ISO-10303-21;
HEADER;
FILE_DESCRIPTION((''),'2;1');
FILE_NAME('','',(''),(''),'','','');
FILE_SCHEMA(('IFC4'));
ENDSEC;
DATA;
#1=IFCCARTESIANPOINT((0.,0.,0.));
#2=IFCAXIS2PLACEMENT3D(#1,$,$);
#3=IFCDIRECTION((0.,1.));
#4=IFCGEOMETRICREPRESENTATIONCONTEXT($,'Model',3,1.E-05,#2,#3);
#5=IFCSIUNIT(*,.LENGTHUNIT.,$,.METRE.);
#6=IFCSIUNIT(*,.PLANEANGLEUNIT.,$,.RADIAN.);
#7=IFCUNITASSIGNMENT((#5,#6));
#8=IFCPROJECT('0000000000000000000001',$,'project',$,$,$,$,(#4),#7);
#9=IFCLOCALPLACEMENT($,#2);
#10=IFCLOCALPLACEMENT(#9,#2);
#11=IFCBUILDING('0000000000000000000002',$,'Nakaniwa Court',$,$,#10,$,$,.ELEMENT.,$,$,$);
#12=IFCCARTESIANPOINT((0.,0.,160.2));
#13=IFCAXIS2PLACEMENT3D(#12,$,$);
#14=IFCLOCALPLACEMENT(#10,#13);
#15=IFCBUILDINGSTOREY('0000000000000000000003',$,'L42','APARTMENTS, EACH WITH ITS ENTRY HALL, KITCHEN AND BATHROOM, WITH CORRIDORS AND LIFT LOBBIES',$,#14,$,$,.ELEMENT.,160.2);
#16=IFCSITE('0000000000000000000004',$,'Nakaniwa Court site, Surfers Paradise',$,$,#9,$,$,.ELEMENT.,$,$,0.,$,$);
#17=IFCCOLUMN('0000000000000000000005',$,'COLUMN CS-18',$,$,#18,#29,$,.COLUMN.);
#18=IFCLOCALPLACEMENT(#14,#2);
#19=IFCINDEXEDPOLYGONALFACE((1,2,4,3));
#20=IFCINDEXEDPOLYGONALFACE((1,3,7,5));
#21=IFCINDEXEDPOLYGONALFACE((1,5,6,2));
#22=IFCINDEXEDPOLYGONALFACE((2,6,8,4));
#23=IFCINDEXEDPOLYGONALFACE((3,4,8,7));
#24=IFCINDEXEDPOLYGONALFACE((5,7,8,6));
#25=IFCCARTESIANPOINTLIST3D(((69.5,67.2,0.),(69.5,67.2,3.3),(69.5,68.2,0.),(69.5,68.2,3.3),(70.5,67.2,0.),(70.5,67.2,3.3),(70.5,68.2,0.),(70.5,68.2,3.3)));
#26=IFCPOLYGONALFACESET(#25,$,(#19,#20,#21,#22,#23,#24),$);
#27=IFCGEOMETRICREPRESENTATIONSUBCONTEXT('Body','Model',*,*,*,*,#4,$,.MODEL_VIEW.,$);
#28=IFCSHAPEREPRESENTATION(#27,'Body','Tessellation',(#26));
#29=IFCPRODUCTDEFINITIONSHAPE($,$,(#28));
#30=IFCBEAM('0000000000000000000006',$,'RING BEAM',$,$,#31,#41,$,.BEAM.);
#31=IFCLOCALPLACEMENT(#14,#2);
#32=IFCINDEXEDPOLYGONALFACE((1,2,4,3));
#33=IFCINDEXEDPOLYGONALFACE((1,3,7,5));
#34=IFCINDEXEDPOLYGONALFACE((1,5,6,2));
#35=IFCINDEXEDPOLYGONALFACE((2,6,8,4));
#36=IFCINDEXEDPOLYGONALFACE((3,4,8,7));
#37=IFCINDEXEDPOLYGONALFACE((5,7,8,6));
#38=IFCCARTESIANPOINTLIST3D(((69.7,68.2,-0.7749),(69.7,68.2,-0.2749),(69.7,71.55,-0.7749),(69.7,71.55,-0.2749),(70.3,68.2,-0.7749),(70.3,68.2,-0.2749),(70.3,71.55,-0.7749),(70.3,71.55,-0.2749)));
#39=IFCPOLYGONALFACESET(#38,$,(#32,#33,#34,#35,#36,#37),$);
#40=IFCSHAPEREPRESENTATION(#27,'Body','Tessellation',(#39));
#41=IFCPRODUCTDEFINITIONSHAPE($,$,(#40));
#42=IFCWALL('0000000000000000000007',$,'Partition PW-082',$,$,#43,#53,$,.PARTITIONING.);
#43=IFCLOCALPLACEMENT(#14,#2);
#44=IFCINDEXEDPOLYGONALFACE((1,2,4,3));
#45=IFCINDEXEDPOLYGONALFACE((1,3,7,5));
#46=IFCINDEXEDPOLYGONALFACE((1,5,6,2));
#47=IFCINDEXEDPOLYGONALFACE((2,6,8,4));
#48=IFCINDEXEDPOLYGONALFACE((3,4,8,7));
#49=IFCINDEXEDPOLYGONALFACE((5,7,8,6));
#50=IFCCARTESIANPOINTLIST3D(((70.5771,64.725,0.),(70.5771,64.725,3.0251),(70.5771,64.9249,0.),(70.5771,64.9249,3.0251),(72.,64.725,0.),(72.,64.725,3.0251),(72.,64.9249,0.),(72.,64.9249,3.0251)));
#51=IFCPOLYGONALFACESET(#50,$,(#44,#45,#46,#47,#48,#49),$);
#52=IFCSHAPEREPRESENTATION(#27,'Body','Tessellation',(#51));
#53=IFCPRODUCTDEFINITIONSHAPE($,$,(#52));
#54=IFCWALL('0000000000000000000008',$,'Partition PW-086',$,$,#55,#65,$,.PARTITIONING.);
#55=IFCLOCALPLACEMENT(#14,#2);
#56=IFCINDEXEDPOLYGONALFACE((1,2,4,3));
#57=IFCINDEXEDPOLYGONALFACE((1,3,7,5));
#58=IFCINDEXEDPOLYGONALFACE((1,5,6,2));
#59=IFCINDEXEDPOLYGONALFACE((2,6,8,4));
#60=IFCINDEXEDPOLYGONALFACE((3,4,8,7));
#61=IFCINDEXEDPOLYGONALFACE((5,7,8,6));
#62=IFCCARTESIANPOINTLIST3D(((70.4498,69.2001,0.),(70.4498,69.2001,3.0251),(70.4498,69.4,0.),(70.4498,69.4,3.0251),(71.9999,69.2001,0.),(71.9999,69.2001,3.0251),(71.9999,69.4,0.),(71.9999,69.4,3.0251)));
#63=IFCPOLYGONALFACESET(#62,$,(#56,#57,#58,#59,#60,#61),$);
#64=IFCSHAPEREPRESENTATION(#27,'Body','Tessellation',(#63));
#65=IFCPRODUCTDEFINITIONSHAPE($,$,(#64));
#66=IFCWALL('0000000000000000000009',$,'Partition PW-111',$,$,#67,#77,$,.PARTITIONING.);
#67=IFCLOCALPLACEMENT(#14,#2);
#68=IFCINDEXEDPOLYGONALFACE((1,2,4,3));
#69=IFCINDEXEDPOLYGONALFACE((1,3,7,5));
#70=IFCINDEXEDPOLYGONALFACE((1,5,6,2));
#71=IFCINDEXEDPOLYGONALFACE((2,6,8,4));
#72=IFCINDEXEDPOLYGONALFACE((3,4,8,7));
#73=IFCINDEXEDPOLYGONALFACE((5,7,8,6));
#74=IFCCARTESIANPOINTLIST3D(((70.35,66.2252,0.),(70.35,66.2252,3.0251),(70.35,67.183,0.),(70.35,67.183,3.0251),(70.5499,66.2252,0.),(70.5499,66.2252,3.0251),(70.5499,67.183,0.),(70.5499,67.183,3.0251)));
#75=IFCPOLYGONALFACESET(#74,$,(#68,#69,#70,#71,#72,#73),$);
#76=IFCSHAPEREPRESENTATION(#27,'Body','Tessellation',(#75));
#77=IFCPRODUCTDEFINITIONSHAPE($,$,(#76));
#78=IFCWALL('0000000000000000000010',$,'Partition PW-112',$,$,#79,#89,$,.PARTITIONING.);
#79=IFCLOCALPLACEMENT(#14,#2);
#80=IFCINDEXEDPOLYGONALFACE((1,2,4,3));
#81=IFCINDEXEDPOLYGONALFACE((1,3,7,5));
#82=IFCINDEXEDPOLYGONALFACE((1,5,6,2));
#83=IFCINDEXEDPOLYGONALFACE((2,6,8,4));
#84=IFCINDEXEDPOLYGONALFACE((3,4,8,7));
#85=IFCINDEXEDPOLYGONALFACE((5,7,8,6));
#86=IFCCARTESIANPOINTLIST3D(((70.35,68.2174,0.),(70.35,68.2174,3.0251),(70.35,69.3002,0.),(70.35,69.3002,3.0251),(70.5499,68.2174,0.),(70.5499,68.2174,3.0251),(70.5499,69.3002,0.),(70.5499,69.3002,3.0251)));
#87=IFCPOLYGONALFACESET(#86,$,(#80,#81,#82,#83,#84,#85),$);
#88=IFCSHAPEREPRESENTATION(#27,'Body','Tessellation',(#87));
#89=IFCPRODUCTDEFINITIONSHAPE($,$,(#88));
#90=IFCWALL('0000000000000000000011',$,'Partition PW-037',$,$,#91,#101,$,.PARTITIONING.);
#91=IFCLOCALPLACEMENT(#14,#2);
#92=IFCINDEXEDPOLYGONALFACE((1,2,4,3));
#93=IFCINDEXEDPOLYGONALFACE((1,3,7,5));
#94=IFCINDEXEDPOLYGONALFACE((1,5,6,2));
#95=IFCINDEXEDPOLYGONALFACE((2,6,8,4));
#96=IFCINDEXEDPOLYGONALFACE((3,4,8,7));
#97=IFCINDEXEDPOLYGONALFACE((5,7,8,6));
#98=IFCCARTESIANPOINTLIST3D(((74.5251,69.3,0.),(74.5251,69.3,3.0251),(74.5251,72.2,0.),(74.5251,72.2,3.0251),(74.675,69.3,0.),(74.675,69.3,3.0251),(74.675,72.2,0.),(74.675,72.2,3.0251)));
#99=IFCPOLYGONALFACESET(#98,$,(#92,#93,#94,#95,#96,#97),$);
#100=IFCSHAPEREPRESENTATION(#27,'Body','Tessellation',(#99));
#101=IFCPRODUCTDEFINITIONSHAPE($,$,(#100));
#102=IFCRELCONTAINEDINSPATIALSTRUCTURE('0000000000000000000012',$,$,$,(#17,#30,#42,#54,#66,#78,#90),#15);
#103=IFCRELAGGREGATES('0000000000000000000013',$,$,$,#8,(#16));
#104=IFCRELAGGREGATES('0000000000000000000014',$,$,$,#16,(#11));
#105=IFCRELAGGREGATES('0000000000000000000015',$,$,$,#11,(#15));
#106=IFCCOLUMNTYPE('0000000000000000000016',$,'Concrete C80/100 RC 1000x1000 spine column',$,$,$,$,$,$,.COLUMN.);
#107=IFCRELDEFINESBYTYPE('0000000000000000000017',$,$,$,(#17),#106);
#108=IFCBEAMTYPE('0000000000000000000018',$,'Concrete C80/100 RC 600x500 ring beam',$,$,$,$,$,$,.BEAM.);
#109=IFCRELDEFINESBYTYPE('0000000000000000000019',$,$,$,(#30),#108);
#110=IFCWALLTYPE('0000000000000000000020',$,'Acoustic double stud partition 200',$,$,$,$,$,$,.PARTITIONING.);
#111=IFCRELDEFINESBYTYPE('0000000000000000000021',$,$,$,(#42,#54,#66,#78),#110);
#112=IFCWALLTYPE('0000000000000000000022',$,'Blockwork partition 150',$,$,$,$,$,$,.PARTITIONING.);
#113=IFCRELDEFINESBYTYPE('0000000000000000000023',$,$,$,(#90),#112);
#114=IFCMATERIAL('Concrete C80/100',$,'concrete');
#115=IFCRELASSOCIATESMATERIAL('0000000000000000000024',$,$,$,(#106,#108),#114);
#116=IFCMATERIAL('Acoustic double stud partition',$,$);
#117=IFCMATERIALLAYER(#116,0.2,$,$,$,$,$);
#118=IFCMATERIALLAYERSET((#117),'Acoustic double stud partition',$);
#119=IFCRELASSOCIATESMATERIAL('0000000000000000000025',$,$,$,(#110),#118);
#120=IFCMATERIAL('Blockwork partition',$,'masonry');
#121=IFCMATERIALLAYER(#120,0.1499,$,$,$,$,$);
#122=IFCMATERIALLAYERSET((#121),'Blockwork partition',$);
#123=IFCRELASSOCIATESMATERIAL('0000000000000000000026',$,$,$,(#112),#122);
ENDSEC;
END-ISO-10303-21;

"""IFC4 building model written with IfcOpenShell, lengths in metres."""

from ifc_helpers import new_model, si_unit, direction, frame, frame_2d, origin, origin_2d, place, context, subcontext, project, spatial, rectangle, extrude, material, layer, layer_set, material_profile, profile_set, type_object, element, save


model = new_model("IFC4")

# Units and contexts
model_context = context("Model", 3, precision=1e-05, world=origin(), true_north=direction((0.0, 1.0)))
body_context = subcontext(model_context, "Body", "Model", "MODEL_VIEW")
ifc_project = project(units=[si_unit("LENGTHUNIT", "METRE"), si_unit("PLANEANGLEUNIT", "RADIAN")], contexts=[model_context])

# Site, building, storey
site_placement = place(None, origin())
site = spatial("IfcSite", under=ifc_project, at=site_placement, Name="Nakaniwa Court site, Surfers Paradise", CompositionType="ELEMENT", RefElevation=0.0)
building_placement = place(site_placement, origin())
building = spatial("IfcBuilding", under=site, at=building_placement, Name="Nakaniwa Court", CompositionType="ELEMENT")
storey_placement = place(building_placement, frame((0.0, 0.0, 160.2)))
storey = spatial("IfcBuildingStorey", under=building, at=storey_placement, Name="L42", Description="APARTMENTS, EACH WITH ITS ENTRY HALL, KITCHEN AND BATHROOM, WITH CORRIDORS AND LIFT LOBBIES", CompositionType="ELEMENT", Elevation=160.2)

# Column
ifc_material_1 = material(Name="Concrete C80/100", Category="concrete")
ifc_material_profile_1 = material_profile(ifc_material_1, rectangle(XDim=1.0, YDim=1.0, at=origin_2d()), Name="Concrete C80/100 RC 1000x1000 spine column")
ifc_profile_set_1 = profile_set([ifc_material_profile_1], Name="Concrete C80/100")
column_type = type_object("IfcColumnType", Name="Concrete C80/100 RC 1000x1000 spine column", PredefinedType="COLUMN", material=ifc_profile_set_1)
column_placement = place(storey_placement, frame((70.0, 67.7, 0.0), z_axis=(0.0, 0.0, 1.0), x_axis=(0.0, -1.0, 0.0)))
element("IfcColumn", 1, at=column_placement, inside=storey, type_object=column_type, Name="COLUMN CS-18", PredefinedType="COLUMN", context=body_context, shape_type="SweptSolid", body=[
    extrude(rectangle(XDim=1.0, YDim=1.0, at=origin_2d()), origin(), (0.0, 0.0, 1.0), 3.3),
])

# Beam
ifc_material_profile_2 = material_profile(ifc_material_1, rectangle(XDim=0.6001, YDim=0.5, at=origin_2d()), Name="Concrete C80/100 RC 600x500 ring beam")
ifc_profile_set_2 = profile_set([ifc_material_profile_2], Name="Concrete C80/100")
beam_type = type_object("IfcBeamType", Name="Concrete C80/100 RC 600x500 ring beam", PredefinedType="BEAM", material=ifc_profile_set_2)
beam_placement = place(storey_placement, frame((70.0, 71.55, -0.5249), z_axis=(0.0, -1.0, 0.0), x_axis=(1.0, 0.0, 0.0)))
element("IfcBeam", 2, at=beam_placement, inside=storey, type_object=beam_type, Name="RING BEAM", PredefinedType="BEAM", context=body_context, shape_type="SweptSolid", body=[
    extrude(rectangle(XDim=0.6001, YDim=0.5, at=origin_2d()), origin(), (0.0, 0.0, 1.0), 3.3501),
])

# Walls
ifc_material_2 = material(Name="Acoustic double stud partition")
ifc_layer_1 = layer(ifc_material_2, 0.2)
ifc_layer_set_1 = layer_set([ifc_layer_1], Name="Acoustic double stud partition")
wall_type_1 = type_object("IfcWallType", Name="Acoustic double stud partition 200", PredefinedType="PARTITIONING", material=ifc_layer_set_1)
wall_1_placement = place(storey_placement, frame((70.5771, 64.825, 0.0), z_axis=(0.0, 0.0, 1.0), x_axis=(1.0, 0.0, 0.0)))
element("IfcWall", 3, at=wall_1_placement, inside=storey, type_object=wall_type_1, Name="Partition PW-082", PredefinedType="PARTITIONING", context=body_context, shape_type="SweptSolid", body=[
    extrude(rectangle(XDim=1.4229, YDim=0.2, at=frame_2d((0.7114, 0.0))), origin(), (0.0, 0.0, 1.0), 3.0251),
])
wall_2_placement = place(storey_placement, frame((70.45, 69.3, 0.0), z_axis=(0.0, 0.0, 1.0), x_axis=(1.0, 0.0, 0.0)))
element("IfcWall", 4, at=wall_2_placement, inside=storey, type_object=wall_type_1, Name="Partition PW-086", PredefinedType="PARTITIONING", context=body_context, shape_type="SweptSolid", body=[
    extrude(rectangle(XDim=1.55, YDim=0.2, at=frame_2d((0.7749, 0.0))), origin(), (0.0, 0.0, 1.0), 3.0251),
])
wall_3_placement = place(storey_placement, frame((70.45, 66.2251, 0.0), z_axis=(0.0, 0.0, 1.0), x_axis=(0.0, 1.0, 0.0)))
element("IfcWall", 5, at=wall_3_placement, inside=storey, type_object=wall_type_1, Name="Partition PW-111", PredefinedType="PARTITIONING", context=body_context, shape_type="SweptSolid", body=[
    extrude(rectangle(XDim=0.9578, YDim=0.2, at=frame_2d((0.479, 0.0))), origin(), (0.0, 0.0, 1.0), 3.0251),
])
wall_4_placement = place(storey_placement, frame((70.45, 68.2173, 0.0), z_axis=(0.0, 0.0, 1.0), x_axis=(0.0, 1.0, 0.0)))
element("IfcWall", 6, at=wall_4_placement, inside=storey, type_object=wall_type_1, Name="Partition PW-112", PredefinedType="PARTITIONING", context=body_context, shape_type="SweptSolid", body=[
    extrude(rectangle(XDim=1.0828, YDim=0.2, at=frame_2d((0.5415, 0.0))), origin(), (0.0, 0.0, 1.0), 3.0251),
])
ifc_material_3 = material(Name="Blockwork partition", Category="masonry")
ifc_layer_2 = layer(ifc_material_3, 0.1499)
ifc_layer_set_2 = layer_set([ifc_layer_2], Name="Blockwork partition")
wall_type_2 = type_object("IfcWallType", Name="Blockwork partition 150", PredefinedType="PARTITIONING", material=ifc_layer_set_2)
wall_5_placement = place(storey_placement, frame((74.6001, 69.3, 0.0), z_axis=(0.0, 0.0, 1.0), x_axis=(0.0, 1.0, 0.0)))
element("IfcWall", 7, at=wall_5_placement, inside=storey, type_object=wall_type_2, Name="Partition PW-037", PredefinedType="PARTITIONING", context=body_context, shape_type="SweptSolid", body=[
    extrude(rectangle(XDim=2.8999, YDim=0.1499, at=frame_2d((1.45, 0.0))), origin(), (0.0, 0.0, 1.0), 3.0251),
])

save(model, "model.ifc")
